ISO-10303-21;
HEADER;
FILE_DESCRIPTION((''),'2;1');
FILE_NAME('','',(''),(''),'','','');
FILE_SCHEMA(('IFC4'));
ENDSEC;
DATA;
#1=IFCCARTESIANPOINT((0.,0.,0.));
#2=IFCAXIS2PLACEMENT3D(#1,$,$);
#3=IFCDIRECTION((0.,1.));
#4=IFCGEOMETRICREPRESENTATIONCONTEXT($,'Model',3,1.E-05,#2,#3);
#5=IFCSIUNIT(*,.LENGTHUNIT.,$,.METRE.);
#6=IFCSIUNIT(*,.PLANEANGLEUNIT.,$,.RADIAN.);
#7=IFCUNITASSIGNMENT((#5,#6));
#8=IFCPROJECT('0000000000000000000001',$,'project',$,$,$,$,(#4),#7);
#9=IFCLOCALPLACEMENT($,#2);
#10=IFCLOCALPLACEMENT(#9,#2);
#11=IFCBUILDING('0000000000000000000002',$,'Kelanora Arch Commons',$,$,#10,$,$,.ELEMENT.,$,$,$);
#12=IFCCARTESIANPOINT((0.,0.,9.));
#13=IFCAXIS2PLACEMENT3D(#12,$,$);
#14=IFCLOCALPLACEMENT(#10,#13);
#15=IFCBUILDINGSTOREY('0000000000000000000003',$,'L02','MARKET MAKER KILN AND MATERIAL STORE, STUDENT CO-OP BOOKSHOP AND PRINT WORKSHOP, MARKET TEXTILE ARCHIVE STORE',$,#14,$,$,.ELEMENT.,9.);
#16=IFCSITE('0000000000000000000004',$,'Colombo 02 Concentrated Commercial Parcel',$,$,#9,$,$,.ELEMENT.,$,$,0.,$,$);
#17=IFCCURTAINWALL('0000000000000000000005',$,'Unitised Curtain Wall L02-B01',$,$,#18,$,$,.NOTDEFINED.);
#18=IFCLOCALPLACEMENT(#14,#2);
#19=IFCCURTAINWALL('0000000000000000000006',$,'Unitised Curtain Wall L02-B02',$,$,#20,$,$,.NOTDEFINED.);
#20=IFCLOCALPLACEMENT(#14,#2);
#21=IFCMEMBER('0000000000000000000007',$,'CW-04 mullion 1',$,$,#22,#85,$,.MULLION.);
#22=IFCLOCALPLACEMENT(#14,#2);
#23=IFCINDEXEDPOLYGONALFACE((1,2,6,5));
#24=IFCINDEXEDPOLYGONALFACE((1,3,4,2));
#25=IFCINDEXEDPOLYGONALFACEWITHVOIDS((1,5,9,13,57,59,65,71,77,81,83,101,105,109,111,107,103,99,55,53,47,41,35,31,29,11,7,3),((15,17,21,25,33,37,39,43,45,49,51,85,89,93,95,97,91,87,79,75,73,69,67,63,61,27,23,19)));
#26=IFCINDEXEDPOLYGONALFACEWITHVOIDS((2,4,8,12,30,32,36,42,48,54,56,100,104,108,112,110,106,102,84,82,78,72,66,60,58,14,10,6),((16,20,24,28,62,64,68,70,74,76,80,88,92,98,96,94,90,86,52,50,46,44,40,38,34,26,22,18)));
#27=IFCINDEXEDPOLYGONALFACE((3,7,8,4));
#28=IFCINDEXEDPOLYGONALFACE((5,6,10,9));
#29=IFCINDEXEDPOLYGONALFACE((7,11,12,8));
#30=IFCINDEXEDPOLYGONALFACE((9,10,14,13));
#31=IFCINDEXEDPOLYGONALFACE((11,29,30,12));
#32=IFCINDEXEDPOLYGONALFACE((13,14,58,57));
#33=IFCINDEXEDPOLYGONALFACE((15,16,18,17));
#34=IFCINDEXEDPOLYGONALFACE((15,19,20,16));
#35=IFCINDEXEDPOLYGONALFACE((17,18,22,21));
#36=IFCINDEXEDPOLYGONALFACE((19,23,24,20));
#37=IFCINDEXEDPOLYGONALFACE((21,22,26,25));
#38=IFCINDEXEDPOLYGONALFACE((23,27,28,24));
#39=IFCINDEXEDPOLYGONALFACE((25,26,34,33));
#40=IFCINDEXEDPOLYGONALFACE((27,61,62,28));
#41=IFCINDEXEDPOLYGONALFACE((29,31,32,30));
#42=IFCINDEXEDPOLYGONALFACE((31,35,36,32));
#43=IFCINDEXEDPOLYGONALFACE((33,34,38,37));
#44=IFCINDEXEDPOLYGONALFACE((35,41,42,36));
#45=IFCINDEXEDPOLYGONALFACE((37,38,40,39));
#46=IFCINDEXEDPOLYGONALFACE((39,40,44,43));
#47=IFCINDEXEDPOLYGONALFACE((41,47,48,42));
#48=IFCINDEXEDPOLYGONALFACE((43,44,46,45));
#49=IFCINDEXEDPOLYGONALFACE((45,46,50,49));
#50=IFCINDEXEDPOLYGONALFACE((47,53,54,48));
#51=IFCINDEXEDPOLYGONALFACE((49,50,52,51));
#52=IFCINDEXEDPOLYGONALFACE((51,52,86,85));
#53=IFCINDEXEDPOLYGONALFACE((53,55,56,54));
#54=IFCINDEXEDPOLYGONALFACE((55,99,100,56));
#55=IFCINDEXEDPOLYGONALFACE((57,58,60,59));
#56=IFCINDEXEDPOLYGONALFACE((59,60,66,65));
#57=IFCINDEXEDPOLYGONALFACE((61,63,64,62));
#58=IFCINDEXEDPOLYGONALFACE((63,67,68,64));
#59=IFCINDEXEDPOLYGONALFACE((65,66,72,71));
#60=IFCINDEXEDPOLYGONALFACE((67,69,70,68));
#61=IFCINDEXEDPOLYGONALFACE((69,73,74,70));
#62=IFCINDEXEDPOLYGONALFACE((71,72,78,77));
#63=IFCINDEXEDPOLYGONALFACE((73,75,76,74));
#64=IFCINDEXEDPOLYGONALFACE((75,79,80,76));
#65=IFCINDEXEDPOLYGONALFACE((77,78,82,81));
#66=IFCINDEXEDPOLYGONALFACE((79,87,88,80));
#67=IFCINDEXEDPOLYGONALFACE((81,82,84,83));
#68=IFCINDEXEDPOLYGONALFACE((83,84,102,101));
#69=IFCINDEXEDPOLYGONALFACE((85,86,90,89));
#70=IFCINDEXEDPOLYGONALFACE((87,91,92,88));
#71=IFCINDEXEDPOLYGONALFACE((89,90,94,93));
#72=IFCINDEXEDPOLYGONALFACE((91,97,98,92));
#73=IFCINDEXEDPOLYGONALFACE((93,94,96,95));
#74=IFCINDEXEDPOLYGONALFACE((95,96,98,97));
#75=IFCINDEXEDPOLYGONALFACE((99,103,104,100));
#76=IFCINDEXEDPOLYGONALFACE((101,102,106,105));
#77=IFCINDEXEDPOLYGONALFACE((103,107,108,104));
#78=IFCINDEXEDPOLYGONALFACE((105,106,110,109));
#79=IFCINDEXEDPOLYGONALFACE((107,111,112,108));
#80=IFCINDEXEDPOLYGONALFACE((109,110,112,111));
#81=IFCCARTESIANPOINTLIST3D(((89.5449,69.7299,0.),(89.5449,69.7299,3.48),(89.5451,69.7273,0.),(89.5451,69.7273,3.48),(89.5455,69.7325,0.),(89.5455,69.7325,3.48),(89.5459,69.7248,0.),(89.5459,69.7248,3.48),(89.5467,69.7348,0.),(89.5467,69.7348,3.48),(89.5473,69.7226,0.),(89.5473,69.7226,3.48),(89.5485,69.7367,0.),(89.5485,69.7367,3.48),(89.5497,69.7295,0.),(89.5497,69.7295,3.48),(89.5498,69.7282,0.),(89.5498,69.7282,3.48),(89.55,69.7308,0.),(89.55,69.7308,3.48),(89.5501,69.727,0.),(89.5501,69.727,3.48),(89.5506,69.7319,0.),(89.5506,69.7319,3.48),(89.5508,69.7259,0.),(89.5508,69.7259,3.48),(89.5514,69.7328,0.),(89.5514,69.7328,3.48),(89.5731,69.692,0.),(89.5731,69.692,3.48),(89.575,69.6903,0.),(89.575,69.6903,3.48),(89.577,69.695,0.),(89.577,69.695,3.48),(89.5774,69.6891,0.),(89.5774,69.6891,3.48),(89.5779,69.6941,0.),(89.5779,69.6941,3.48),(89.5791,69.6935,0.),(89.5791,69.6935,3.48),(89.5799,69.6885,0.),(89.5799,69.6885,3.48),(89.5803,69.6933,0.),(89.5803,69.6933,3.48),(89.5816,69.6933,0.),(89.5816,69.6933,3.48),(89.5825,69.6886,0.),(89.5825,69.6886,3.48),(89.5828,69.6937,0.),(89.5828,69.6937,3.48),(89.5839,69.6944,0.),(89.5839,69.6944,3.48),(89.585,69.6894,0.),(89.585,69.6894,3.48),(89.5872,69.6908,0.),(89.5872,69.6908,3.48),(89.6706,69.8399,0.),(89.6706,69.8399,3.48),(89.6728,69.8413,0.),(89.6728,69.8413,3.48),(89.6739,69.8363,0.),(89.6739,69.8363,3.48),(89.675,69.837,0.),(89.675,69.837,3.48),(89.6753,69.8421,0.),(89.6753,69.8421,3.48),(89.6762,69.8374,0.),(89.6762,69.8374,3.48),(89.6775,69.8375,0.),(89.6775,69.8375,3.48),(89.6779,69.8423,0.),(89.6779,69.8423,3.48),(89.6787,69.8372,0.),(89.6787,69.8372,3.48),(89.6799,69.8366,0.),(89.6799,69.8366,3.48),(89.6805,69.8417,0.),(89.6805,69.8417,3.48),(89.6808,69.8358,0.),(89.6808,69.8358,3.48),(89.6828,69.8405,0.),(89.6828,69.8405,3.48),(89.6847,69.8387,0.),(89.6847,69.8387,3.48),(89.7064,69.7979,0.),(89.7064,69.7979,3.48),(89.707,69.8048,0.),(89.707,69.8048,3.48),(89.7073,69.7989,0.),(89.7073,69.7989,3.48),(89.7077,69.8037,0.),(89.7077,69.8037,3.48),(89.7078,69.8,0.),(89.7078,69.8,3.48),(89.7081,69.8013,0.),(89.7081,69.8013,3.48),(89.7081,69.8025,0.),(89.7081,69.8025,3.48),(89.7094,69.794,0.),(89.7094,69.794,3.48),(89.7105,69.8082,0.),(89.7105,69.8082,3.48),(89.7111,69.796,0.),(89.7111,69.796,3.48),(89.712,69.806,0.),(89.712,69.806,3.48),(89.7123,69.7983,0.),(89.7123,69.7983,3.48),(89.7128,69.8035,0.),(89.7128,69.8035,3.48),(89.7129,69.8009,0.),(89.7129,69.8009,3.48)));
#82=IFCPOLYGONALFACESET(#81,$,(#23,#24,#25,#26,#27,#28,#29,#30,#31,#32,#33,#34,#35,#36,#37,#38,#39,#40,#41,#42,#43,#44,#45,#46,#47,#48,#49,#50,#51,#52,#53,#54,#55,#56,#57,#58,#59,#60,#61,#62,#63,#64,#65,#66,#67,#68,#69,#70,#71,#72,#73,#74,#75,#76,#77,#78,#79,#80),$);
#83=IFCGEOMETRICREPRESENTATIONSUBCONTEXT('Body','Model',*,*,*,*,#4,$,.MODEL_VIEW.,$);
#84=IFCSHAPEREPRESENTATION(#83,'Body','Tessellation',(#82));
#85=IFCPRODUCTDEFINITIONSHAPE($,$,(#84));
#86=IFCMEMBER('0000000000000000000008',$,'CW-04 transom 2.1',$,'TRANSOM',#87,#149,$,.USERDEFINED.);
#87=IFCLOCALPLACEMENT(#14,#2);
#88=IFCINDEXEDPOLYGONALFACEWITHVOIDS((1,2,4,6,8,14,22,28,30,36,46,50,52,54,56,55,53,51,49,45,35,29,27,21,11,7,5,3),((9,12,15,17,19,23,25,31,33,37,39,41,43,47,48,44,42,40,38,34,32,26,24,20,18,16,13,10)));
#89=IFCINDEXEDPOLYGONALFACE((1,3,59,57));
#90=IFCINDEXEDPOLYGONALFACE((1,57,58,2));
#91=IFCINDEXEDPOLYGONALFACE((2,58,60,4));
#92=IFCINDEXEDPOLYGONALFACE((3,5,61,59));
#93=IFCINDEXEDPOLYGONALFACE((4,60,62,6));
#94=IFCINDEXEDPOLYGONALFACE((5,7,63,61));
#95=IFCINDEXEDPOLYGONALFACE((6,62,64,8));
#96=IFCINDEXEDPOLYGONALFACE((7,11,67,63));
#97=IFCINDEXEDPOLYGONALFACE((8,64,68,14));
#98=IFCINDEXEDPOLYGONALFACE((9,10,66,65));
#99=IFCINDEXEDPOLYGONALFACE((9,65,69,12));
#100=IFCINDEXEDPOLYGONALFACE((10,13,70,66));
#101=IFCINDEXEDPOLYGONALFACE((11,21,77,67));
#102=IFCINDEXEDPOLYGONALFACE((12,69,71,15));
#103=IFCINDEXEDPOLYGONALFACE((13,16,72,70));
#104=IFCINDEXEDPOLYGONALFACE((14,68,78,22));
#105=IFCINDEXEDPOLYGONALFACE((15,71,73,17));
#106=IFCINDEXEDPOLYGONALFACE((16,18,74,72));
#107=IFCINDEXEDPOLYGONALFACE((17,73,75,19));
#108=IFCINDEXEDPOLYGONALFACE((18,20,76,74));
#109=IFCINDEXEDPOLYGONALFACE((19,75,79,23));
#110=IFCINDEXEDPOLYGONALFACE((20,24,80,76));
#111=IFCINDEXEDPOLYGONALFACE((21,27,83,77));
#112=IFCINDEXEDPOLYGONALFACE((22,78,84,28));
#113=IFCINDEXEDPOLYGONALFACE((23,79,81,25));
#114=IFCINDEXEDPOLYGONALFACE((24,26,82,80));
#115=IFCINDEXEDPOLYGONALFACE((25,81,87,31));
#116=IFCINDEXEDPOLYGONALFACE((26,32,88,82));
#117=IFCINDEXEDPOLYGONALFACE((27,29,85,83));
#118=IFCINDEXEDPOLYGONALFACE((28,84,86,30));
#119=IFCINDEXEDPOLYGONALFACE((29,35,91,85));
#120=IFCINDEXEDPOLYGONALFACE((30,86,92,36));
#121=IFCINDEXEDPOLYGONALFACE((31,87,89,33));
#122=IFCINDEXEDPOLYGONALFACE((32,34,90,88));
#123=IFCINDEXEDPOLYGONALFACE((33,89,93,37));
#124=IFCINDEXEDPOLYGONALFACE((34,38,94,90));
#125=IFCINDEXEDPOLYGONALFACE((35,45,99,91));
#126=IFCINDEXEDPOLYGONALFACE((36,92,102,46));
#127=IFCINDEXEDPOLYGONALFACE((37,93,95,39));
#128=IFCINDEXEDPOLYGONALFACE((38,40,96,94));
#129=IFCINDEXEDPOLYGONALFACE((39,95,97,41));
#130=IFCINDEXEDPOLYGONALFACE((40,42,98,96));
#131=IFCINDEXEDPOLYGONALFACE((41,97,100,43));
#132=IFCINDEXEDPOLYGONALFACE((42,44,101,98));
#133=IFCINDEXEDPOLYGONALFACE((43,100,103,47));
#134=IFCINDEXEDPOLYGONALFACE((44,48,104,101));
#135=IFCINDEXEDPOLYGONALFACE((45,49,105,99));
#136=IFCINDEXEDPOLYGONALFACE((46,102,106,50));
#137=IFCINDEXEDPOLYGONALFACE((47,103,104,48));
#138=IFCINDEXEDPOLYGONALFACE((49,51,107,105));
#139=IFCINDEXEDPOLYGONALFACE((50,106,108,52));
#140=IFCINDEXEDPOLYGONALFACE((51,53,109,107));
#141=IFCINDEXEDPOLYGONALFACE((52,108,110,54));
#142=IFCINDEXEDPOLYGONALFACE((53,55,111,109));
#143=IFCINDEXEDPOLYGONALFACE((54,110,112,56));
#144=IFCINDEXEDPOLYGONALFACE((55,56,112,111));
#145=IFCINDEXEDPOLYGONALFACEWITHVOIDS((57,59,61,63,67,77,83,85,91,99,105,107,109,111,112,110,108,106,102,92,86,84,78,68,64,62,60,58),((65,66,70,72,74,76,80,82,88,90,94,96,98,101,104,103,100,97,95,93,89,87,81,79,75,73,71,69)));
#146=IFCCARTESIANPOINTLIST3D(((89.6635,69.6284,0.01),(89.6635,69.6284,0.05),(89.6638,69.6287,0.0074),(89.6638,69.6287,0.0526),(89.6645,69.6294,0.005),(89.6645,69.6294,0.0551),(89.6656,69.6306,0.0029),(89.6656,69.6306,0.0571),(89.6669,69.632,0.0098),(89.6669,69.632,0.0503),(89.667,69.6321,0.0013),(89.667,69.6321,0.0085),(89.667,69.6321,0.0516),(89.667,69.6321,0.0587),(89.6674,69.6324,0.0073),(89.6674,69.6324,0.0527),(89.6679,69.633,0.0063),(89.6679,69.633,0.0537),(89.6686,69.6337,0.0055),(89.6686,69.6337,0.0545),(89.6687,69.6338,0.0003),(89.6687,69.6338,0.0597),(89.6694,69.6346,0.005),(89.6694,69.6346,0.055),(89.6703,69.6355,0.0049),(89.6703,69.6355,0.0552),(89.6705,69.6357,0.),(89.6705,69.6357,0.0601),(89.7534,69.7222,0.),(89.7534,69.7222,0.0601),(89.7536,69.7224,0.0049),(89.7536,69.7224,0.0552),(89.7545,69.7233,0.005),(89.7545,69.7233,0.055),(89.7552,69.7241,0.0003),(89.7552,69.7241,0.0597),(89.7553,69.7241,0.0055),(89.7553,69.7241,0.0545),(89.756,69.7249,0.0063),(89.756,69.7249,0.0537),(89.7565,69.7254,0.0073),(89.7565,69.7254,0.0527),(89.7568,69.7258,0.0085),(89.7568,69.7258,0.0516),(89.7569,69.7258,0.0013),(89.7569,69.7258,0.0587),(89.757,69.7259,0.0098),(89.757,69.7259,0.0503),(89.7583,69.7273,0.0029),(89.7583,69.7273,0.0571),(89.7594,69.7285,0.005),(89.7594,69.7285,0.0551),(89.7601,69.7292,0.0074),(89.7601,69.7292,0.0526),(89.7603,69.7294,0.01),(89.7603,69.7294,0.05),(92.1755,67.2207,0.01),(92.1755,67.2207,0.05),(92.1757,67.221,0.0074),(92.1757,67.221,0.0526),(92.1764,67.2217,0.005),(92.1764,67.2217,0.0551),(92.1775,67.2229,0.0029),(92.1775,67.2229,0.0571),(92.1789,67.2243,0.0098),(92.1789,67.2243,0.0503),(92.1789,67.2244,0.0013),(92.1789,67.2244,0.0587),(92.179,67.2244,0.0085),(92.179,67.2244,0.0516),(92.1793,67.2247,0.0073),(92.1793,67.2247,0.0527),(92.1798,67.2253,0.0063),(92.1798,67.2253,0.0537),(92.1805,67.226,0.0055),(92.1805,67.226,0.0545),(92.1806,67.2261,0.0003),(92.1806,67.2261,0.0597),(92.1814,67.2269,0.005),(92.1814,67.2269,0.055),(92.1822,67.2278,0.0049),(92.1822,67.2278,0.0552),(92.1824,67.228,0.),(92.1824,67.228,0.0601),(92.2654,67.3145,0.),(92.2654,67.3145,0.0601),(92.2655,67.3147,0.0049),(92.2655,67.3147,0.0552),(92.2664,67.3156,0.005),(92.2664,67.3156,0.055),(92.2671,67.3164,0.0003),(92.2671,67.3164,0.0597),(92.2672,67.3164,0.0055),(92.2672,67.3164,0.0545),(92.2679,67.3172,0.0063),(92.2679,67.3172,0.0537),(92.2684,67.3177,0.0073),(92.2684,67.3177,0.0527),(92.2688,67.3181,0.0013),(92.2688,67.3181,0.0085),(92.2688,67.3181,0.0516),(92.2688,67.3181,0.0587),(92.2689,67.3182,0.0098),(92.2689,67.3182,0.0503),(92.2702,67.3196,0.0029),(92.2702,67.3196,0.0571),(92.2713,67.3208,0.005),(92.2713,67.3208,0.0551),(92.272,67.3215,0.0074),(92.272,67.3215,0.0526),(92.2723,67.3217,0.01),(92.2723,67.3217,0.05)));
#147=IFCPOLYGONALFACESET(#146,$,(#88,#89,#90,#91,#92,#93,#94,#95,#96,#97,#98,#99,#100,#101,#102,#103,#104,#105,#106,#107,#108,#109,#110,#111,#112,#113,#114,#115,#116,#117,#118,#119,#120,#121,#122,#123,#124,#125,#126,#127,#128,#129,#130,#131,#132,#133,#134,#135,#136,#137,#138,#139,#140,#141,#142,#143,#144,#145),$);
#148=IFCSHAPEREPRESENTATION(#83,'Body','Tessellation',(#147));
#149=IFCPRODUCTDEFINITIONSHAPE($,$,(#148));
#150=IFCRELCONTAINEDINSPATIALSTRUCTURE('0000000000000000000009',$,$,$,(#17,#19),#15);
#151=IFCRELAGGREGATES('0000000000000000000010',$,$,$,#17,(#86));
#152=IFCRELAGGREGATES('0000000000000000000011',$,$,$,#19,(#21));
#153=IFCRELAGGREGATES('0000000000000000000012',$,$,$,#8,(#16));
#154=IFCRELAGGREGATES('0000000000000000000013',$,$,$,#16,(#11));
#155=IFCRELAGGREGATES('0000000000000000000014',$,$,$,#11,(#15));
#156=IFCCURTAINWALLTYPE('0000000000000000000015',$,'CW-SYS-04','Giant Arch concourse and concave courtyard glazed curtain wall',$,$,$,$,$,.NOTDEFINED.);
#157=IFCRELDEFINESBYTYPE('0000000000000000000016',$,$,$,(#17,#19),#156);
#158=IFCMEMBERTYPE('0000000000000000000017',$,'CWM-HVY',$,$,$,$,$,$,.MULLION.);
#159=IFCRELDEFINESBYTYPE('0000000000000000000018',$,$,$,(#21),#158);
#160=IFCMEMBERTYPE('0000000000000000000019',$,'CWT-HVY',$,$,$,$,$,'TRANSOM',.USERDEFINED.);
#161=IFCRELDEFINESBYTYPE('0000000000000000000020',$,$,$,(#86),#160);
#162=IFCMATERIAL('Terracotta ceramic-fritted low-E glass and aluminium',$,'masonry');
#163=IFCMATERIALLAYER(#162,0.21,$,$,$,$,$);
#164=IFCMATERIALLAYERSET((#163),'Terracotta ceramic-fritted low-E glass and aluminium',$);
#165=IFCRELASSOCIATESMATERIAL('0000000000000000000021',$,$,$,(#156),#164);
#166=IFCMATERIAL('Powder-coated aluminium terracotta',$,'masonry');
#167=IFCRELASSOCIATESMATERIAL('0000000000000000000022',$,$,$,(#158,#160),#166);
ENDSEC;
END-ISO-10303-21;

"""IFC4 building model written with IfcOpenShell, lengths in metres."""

from ifc_helpers import new_model, si_unit, direction, frame, origin, origin_2d, place, context, subcontext, project, spatial, hollow_rectangle, extrude, material, layer, layer_set, material_profile, profile_set, type_object, element, aggregate, save


model = new_model("IFC4")

# Units and contexts
model_context = context("Model", 3, precision=1e-05, world=origin(), true_north=direction((0.0, 1.0)))
body_context = subcontext(model_context, "Body", "Model", "MODEL_VIEW")
ifc_project = project(units=[si_unit("LENGTHUNIT", "METRE"), si_unit("PLANEANGLEUNIT", "RADIAN")], contexts=[model_context])

# Site, building, storey
site_placement = place(None, origin())
site = spatial("IfcSite", under=ifc_project, at=site_placement, Name="Colombo 02 Concentrated Commercial Parcel", CompositionType="ELEMENT", RefElevation=0.0)
building_placement = place(site_placement, origin())
building = spatial("IfcBuilding", under=site, at=building_placement, Name="Kelanora Arch Commons", CompositionType="ELEMENT")
storey_placement = place(building_placement, frame((0.0, 0.0, 9.0)))
storey = spatial("IfcBuildingStorey", under=building, at=storey_placement, Name="L02", Description="MARKET MAKER KILN AND MATERIAL STORE, STUDENT CO-OP BOOKSHOP AND PRINT WORKSHOP, MARKET TEXTILE ARCHIVE STORE", CompositionType="ELEMENT", Elevation=9.0)

# Curtain wall
ifc_material_1 = material(Name="Terracotta ceramic-fritted low-E glass and aluminium", Category="masonry")
ifc_layer_1 = layer(ifc_material_1, 0.21)
ifc_layer_set_1 = layer_set([ifc_layer_1], Name="Terracotta ceramic-fritted low-E glass and aluminium")
curtain_wall_type = type_object("IfcCurtainWallType", Name="CW-SYS-04", Description="Giant Arch concourse and concave courtyard glazed curtain wall", PredefinedType="NOTDEFINED", material=ifc_layer_set_1)
curtain_wall_1_placement = place(storey_placement, origin())
curtain_wall_1 = element("IfcCurtainWall", 1, at=curtain_wall_1_placement, inside=storey, type_object=curtain_wall_type, Name="Unitised Curtain Wall L02-B01", PredefinedType="NOTDEFINED")
ifc_material_2 = material(Name="Powder-coated aluminium terracotta", Category="masonry")
ifc_material_profile_1 = material_profile(ifc_material_2, hollow_rectangle(XDim=0.1799, YDim=0.0601, WallThickness=0.0049, InnerFilletRadius=0.0049, OuterFilletRadius=0.01, at=origin_2d()), Name="CWM180x60")
ifc_profile_set_1 = profile_set([ifc_material_profile_1], Name="Powder-coated aluminium terracotta")
member_type_1 = type_object("IfcMemberType", Name="CWM-HVY", PredefinedType="MULLION", material=ifc_profile_set_1)

# Curtain wall, member
curtain_wall_2_placement = place(storey_placement, origin())
curtain_wall_2 = element("IfcCurtainWall", 2, at=curtain_wall_2_placement, inside=storey, type_object=curtain_wall_type, Name="Unitised Curtain Wall L02-B02", PredefinedType="NOTDEFINED")
member_1_placement = place(storey_placement, frame((89.6289, 69.7654, 0.0), z_axis=(0.0, 0.0, 1.0), x_axis=(-0.763855, -0.645388, 0.0)))
member_1 = element("IfcMember", 3, at=member_1_placement, type_object=member_type_1, Name="CW-04 mullion 1", PredefinedType="MULLION", context=body_context, shape_type="SweptSolid", body=[
    extrude(hollow_rectangle(XDim=0.1799, YDim=0.0601, WallThickness=0.0049, InnerFilletRadius=0.0049, OuterFilletRadius=0.01, at=origin_2d()), origin(), (0.0, 0.0, 1.0), 3.48),
])

# Member
ifc_material_profile_2 = material_profile(ifc_material_2, hollow_rectangle(XDim=0.1399, YDim=0.0601, WallThickness=0.0049, InnerFilletRadius=0.0049, OuterFilletRadius=0.01, at=origin_2d()), Name="CWT140x60")
ifc_profile_set_2 = profile_set([ifc_material_profile_2], Name="Powder-coated aluminium terracotta")
member_type_2 = type_object("IfcMemberType", Name="CWT-HVY", ElementType="TRANSOM", PredefinedType="USERDEFINED", material=ifc_profile_set_2)
member_2_placement = place(storey_placement, frame((92.2239, 67.2712, 0.03), z_axis=(-0.721928, 0.691968, 0.0), x_axis=(-0.691968, -0.721928, 0.0)))
member_2 = element("IfcMember", 4, at=member_2_placement, type_object=member_type_2, Name="CW-04 transom 2.1", ObjectType="TRANSOM", PredefinedType="USERDEFINED", context=body_context, shape_type="SweptSolid", body=[
    extrude(hollow_rectangle(XDim=0.1399, YDim=0.0601, WallThickness=0.0049, InnerFilletRadius=0.0049, OuterFilletRadius=0.01, at=origin_2d()), origin(), (0.0, 0.0, 1.0), 3.4795),
])

aggregate(curtain_wall_1, [member_2])
aggregate(curtain_wall_2, [member_1])

save(model, "model.ifc")
